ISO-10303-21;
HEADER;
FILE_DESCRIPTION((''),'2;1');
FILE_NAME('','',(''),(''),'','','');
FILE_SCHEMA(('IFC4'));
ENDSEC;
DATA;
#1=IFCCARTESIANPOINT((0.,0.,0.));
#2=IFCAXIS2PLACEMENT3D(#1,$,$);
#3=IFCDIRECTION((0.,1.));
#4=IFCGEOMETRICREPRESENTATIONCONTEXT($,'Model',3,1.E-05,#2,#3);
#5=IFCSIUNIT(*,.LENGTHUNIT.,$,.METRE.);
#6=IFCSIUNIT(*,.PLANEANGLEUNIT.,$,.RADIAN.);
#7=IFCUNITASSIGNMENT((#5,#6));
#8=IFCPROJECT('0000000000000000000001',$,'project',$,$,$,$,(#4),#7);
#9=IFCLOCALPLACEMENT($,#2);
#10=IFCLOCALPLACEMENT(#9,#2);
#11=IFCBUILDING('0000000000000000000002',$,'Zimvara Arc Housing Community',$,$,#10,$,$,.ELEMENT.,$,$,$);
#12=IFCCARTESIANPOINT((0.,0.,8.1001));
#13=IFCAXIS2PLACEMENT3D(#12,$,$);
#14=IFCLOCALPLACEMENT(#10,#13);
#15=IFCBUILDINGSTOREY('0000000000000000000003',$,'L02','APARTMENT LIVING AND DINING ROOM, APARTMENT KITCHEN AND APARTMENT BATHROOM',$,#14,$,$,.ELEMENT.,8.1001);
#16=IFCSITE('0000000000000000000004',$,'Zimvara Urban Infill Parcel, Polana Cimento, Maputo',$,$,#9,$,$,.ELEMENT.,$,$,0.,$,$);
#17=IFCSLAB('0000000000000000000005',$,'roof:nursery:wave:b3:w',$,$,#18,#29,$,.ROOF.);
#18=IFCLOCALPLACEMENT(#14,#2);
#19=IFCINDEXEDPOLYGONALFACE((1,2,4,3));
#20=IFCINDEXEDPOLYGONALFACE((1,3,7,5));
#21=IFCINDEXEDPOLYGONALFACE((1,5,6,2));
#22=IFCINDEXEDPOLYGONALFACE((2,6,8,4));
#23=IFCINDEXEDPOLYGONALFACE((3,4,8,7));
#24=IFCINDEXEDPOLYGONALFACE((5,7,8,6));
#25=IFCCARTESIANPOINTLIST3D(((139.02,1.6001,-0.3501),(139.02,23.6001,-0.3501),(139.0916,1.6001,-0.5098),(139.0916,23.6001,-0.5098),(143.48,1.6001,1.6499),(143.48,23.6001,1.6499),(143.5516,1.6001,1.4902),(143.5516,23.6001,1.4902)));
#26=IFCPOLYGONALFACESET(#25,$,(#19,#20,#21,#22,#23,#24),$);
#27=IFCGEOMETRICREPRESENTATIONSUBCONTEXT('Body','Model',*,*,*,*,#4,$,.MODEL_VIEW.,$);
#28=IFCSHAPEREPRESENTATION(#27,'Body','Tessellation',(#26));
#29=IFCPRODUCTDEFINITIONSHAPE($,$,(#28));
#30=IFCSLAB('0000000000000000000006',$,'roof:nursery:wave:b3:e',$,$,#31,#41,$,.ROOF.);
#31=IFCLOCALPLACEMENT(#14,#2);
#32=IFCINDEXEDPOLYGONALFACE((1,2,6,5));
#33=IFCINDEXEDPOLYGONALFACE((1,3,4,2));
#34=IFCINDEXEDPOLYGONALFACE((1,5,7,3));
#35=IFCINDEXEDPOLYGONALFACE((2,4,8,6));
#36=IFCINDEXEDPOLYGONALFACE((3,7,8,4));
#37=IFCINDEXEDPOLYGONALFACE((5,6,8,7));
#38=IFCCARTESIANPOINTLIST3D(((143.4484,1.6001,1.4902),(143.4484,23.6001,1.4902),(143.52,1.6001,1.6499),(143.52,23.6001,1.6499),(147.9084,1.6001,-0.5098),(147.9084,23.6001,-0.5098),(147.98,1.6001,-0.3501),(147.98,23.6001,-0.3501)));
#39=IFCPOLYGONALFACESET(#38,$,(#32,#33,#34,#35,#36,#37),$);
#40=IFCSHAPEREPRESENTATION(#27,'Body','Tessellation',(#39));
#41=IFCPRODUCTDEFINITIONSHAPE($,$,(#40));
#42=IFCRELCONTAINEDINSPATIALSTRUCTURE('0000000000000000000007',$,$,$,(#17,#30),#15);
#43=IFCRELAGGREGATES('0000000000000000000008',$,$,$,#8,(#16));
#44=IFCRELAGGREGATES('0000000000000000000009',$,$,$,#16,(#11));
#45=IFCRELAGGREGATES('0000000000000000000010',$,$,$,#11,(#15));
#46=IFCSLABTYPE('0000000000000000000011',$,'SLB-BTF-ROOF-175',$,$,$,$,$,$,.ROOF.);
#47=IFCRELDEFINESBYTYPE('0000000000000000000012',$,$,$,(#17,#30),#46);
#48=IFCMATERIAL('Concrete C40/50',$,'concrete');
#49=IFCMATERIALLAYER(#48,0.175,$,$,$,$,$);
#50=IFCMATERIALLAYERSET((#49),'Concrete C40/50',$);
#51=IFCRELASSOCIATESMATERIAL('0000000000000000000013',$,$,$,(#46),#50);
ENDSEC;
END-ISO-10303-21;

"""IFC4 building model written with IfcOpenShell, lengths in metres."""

from ifc_helpers import new_model, si_unit, direction, frame, origin, place, context, subcontext, project, spatial, polyline, outline, extrude, material, layer, layer_set, type_object, element, save


model = new_model("IFC4")

# Units and contexts
model_context = context("Model", 3, precision=1e-05, world=origin(), true_north=direction((0.0, 1.0)))
body_context = subcontext(model_context, "Body", "Model", "MODEL_VIEW")
ifc_project = project(units=[si_unit("LENGTHUNIT", "METRE"), si_unit("PLANEANGLEUNIT", "RADIAN")], contexts=[model_context])

# Site, building, storey
site_placement = place(None, origin())
site = spatial("IfcSite", under=ifc_project, at=site_placement, Name="Zimvara Urban Infill Parcel, Polana Cimento, Maputo", CompositionType="ELEMENT", RefElevation=0.0)
building_placement = place(site_placement, origin())
building = spatial("IfcBuilding", under=site, at=building_placement, Name="Zimvara Arc Housing Community", CompositionType="ELEMENT")
storey_placement = place(building_placement, frame((0.0, 0.0, 8.1001)))
storey = spatial("IfcBuildingStorey", under=building, at=storey_placement, Name="L02", Description="APARTMENT LIVING AND DINING ROOM, APARTMENT KITCHEN AND APARTMENT BATHROOM", CompositionType="ELEMENT", Elevation=8.1001)

# Slabs
ifc_material_1 = material(Name="Concrete C40/50", Category="concrete")
ifc_layer_1 = layer(ifc_material_1, 0.175)
ifc_layer_set_1 = layer_set([ifc_layer_1], Name="Concrete C40/50")
slab_type = type_object("IfcSlabType", Name="SLB-BTF-ROOF-175", PredefinedType="ROOF", material=ifc_layer_set_1)
slab_1_placement = place(storey_placement, frame((139.02, 1.6001, -0.3501), z_axis=(-0.409176, 0.0, 0.912455), x_axis=(0.912455, 0.0, 0.409176)))
element("IfcSlab", 1, at=slab_1_placement, inside=storey, type_object=slab_type, Name="roof:nursery:wave:b3:w", PredefinedType="ROOF", context=body_context, shape_type="SweptSolid", body=[
    extrude(outline(polyline([(0.0, 0.0), (4.8879, 0.0), (4.8879, 22.0), (0.0, 22.0), (0.0, 0.0)])), origin(), (0.0, 0.0, -1.0), 0.175),
])
slab_2_placement = place(storey_placement, frame((143.52, 23.6001, 1.6499), z_axis=(0.409176, 0.0, 0.912455), x_axis=(0.912455, 0.0, -0.409176)))
element("IfcSlab", 2, at=slab_2_placement, inside=storey, type_object=slab_type, Name="roof:nursery:wave:b3:e", PredefinedType="ROOF", context=body_context, shape_type="SweptSolid", body=[
    extrude(outline(polyline([(0.0, 0.0), (4.8879, 0.0), (4.8879, -22.0), (0.0, -22.0), (0.0, 0.0)])), origin(), (0.0, 0.0, -1.0), 0.175),
])

save(model, "model.ifc")
